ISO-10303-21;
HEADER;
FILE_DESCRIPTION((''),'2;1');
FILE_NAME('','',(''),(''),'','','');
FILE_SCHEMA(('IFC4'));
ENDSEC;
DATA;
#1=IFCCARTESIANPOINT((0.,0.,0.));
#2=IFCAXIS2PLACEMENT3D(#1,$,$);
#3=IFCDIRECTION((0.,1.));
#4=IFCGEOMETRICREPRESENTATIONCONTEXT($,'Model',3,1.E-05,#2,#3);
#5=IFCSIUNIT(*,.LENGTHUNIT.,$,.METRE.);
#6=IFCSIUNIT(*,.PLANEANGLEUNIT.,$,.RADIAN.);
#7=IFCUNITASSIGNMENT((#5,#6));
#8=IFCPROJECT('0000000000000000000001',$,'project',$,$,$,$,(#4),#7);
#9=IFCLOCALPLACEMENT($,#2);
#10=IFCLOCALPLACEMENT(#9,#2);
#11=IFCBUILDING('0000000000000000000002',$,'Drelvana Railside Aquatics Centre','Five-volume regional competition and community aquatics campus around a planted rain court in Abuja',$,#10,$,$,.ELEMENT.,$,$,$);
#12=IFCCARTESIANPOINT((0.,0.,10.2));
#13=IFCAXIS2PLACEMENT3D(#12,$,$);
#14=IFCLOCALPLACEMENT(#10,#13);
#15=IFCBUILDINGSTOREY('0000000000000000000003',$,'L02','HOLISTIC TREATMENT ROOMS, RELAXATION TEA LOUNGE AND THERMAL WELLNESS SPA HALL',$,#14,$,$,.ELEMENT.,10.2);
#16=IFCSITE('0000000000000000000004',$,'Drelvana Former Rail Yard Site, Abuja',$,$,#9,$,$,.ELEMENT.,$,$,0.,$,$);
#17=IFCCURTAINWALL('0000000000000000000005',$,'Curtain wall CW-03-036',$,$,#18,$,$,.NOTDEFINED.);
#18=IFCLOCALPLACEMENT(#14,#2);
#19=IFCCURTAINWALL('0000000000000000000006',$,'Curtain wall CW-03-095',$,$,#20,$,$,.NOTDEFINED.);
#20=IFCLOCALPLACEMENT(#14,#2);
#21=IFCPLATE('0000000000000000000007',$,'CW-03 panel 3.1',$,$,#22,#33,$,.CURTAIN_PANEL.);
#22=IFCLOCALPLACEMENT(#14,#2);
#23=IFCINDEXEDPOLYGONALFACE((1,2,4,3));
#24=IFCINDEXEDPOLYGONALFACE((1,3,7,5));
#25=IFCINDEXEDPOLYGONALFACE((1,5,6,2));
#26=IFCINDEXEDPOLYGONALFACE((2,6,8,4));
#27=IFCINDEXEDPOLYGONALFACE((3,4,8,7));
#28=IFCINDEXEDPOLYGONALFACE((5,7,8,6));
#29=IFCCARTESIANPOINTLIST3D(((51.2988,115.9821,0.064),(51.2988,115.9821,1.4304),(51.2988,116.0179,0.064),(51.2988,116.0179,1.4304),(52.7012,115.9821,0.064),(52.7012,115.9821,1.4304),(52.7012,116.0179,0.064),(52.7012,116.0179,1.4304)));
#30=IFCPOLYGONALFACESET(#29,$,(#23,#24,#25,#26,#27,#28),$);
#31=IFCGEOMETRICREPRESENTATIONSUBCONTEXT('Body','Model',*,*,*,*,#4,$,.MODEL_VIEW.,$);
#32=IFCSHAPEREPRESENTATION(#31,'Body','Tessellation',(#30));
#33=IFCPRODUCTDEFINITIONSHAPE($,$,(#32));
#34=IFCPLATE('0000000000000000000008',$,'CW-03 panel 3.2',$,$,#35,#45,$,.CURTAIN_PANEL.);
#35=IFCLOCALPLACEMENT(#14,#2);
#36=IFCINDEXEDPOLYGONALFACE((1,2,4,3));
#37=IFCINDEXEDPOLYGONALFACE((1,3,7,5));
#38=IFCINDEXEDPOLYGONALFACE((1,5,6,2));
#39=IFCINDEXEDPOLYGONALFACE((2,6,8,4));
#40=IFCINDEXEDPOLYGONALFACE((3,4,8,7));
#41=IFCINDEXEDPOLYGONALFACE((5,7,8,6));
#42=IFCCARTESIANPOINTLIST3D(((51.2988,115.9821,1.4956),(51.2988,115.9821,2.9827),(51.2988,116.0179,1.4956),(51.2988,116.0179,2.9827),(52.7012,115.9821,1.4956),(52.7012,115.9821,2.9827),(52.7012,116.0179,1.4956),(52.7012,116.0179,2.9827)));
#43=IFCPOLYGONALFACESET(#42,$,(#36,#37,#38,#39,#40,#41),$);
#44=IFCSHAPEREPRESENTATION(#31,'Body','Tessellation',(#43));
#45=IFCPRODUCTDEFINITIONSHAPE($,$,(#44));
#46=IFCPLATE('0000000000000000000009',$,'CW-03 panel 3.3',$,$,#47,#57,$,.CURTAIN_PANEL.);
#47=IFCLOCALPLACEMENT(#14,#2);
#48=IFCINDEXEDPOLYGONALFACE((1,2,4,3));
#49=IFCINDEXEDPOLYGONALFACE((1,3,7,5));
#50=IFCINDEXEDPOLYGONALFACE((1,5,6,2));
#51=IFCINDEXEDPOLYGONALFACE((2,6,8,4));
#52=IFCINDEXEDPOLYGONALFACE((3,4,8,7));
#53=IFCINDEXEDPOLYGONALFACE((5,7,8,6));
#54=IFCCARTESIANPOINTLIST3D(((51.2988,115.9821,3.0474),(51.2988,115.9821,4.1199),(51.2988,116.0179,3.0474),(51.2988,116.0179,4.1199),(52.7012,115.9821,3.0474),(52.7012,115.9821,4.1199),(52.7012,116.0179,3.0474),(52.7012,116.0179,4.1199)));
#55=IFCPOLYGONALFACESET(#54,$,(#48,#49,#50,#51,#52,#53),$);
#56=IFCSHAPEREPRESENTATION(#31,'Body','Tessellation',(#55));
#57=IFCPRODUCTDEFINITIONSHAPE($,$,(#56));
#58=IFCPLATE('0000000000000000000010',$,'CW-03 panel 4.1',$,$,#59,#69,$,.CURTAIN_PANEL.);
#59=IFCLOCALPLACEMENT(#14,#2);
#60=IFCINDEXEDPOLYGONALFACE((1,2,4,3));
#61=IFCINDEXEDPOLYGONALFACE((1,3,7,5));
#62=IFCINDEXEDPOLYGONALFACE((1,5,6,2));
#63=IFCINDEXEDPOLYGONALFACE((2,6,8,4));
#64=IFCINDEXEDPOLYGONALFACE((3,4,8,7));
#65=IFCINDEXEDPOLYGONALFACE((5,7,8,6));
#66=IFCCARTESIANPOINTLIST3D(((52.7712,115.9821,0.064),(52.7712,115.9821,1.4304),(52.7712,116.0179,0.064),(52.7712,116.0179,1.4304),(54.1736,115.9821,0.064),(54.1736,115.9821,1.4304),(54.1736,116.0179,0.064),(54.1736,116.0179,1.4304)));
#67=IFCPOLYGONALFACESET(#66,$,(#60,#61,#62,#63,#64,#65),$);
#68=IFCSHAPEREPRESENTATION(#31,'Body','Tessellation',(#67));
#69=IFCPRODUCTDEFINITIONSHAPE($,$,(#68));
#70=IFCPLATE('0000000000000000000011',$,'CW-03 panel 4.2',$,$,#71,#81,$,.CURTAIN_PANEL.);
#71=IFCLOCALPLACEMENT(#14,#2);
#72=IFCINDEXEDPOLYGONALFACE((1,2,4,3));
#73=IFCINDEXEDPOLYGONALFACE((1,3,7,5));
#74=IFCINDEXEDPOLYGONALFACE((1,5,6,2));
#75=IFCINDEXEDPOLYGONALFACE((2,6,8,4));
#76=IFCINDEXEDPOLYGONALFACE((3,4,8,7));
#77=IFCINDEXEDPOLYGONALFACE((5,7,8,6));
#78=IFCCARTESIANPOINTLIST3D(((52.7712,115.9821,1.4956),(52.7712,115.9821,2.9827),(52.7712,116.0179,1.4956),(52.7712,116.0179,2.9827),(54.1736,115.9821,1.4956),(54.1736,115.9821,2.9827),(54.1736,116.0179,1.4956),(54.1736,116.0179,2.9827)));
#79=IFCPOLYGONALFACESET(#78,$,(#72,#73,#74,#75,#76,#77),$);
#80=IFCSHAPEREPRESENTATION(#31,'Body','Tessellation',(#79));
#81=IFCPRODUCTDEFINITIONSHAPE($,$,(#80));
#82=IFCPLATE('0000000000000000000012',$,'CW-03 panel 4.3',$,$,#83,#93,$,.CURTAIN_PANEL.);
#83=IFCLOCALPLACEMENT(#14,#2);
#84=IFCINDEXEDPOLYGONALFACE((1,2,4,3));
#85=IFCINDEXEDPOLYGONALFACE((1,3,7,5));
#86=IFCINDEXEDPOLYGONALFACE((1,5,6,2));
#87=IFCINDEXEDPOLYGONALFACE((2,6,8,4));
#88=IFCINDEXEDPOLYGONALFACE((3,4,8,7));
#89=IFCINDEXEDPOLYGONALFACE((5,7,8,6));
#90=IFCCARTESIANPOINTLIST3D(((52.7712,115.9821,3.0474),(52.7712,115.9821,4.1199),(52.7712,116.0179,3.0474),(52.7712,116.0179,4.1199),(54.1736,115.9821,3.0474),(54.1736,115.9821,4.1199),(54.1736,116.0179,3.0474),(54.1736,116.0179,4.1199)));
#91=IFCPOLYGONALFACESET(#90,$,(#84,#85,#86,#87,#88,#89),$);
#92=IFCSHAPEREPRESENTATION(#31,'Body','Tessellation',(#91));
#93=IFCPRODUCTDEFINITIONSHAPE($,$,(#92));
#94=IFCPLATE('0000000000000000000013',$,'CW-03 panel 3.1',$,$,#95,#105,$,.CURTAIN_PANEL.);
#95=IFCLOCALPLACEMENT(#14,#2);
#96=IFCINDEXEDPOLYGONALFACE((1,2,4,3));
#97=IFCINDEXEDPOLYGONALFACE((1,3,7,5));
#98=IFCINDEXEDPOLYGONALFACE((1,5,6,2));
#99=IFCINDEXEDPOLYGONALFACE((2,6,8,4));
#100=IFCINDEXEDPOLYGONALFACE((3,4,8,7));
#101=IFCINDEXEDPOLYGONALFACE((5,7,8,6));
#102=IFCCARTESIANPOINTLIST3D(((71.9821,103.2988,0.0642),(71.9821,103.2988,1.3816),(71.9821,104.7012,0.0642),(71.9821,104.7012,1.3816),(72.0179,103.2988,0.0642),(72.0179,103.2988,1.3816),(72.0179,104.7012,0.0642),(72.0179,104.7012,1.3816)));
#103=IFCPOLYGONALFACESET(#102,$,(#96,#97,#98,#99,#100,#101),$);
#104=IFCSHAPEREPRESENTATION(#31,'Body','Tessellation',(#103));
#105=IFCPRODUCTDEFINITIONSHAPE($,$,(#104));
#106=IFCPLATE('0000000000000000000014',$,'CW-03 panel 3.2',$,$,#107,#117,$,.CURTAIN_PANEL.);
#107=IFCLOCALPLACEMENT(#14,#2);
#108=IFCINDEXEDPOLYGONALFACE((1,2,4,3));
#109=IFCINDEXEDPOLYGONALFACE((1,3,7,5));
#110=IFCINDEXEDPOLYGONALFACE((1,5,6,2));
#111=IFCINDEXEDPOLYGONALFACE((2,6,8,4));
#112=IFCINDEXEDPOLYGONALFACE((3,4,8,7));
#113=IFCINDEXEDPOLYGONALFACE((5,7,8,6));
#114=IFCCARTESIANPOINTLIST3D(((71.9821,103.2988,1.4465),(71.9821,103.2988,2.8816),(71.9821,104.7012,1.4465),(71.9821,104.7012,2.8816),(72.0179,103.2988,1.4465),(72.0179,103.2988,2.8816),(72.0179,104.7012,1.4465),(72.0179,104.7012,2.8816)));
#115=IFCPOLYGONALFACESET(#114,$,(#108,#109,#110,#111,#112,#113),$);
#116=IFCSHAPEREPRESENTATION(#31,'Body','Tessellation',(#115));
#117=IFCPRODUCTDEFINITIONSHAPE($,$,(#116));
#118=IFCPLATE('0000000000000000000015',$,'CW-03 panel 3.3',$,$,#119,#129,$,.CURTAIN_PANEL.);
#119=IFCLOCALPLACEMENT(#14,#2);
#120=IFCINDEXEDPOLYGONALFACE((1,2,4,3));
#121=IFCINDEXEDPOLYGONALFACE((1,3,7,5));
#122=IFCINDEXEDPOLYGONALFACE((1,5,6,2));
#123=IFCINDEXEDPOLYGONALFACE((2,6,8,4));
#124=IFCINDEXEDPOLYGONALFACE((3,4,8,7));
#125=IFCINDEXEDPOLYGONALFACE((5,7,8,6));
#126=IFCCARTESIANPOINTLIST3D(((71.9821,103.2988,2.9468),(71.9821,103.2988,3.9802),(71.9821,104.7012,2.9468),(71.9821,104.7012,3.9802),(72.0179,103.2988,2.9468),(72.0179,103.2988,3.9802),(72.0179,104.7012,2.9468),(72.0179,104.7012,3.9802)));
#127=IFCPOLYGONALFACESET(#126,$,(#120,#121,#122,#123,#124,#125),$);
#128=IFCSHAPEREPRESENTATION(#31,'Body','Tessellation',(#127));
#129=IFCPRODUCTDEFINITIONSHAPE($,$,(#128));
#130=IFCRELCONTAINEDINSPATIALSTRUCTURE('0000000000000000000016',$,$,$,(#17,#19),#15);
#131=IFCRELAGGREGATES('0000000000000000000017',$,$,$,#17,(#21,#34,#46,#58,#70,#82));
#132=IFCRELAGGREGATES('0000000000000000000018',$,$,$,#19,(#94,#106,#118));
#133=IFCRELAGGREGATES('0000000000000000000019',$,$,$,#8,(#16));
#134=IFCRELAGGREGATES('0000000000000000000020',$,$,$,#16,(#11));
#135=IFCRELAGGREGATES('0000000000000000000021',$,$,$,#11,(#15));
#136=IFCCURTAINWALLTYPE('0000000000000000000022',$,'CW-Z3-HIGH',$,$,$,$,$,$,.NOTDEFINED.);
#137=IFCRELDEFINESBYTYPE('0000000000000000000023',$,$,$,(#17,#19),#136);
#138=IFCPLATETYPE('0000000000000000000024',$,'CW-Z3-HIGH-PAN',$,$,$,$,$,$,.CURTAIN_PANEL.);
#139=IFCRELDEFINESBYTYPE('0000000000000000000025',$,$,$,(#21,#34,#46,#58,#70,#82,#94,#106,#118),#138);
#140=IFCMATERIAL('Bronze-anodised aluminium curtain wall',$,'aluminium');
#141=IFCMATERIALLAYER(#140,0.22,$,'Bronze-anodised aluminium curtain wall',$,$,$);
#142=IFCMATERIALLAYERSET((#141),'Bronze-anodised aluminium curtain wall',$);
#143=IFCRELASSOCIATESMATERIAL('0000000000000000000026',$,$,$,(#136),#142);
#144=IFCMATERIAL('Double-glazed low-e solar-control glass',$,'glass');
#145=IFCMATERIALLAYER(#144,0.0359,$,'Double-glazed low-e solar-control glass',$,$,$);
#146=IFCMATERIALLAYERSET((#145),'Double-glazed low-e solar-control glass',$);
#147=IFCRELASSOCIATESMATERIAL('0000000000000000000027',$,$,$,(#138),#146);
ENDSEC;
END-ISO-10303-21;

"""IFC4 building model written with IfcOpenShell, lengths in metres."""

from ifc_helpers import new_model, si_unit, direction, frame, origin, origin_2d, place, context, subcontext, project, spatial, rectangle, extrude, material, layer, layer_set, type_object, element, aggregate, save


model = new_model("IFC4")

# Units and contexts
model_context = context("Model", 3, precision=1e-05, world=origin(), true_north=direction((0.0, 1.0)))
body_context = subcontext(model_context, "Body", "Model", "MODEL_VIEW")
ifc_project = project(units=[si_unit("LENGTHUNIT", "METRE"), si_unit("PLANEANGLEUNIT", "RADIAN")], contexts=[model_context])

# Site, building, storey
site_placement = place(None, origin())
site = spatial("IfcSite", under=ifc_project, at=site_placement, Name="Drelvana Former Rail Yard Site, Abuja", CompositionType="ELEMENT", RefElevation=0.0)
building_placement = place(site_placement, origin())
building = spatial("IfcBuilding", under=site, at=building_placement, Name="Drelvana Railside Aquatics Centre", Description="Five-volume regional competition and community aquatics campus around a planted rain court in Abuja", CompositionType="ELEMENT")
storey_placement = place(building_placement, frame((0.0, 0.0, 10.2)))
storey = spatial("IfcBuildingStorey", under=building, at=storey_placement, Name="L02", Description="HOLISTIC TREATMENT ROOMS, RELAXATION TEA LOUNGE AND THERMAL WELLNESS SPA HALL", CompositionType="ELEMENT", Elevation=10.2)

# Curtain wall
ifc_material_1 = material(Name="Bronze-anodised aluminium curtain wall", Category="aluminium")
ifc_layer_1 = layer(ifc_material_1, 0.22, Name="Bronze-anodised aluminium curtain wall")
ifc_layer_set_1 = layer_set([ifc_layer_1], Name="Bronze-anodised aluminium curtain wall")
curtain_wall_type = type_object("IfcCurtainWallType", Name="CW-Z3-HIGH", PredefinedType="NOTDEFINED", material=ifc_layer_set_1)
curtain_wall_1_placement = place(storey_placement, origin())
curtain_wall_1 = element("IfcCurtainWall", 1, at=curtain_wall_1_placement, inside=storey, type_object=curtain_wall_type, Name="Curtain wall CW-03-036", PredefinedType="NOTDEFINED")

# Curtain wall
curtain_wall_2_placement = place(storey_placement, origin())
curtain_wall_2 = element("IfcCurtainWall", 2, at=curtain_wall_2_placement, inside=storey, type_object=curtain_wall_type, Name="Curtain wall CW-03-095", PredefinedType="NOTDEFINED")

# Plates
ifc_material_2 = material(Name="Double-glazed low-e solar-control glass", Category="glass")
ifc_layer_2 = layer(ifc_material_2, 0.0359, Name="Double-glazed low-e solar-control glass")
ifc_layer_set_2 = layer_set([ifc_layer_2], Name="Double-glazed low-e solar-control glass")
plate_type = type_object("IfcPlateType", Name="CW-Z3-HIGH-PAN", PredefinedType="CURTAIN_PANEL", material=ifc_layer_set_2)
plate_1_placement = place(storey_placement, frame((52.0, 116.0, 0.064), z_axis=(0.0, 0.0, 1.0), x_axis=(1.0, 0.0, 0.0)))
plate_1 = element("IfcPlate", 3, at=plate_1_placement, type_object=plate_type, Name="CW-03 panel 3.1", PredefinedType="CURTAIN_PANEL", context=body_context, shape_type="SweptSolid", body=[
    extrude(rectangle(XDim=1.4023, YDim=0.0359, at=origin_2d()), origin(), (0.0, 0.0, 1.0), 1.3665),
])
plate_2_placement = place(storey_placement, frame((52.0, 116.0, 1.4956), z_axis=(0.0, 0.0, 1.0), x_axis=(1.0, 0.0, 0.0)))
plate_2 = element("IfcPlate", 4, at=plate_2_placement, type_object=plate_type, Name="CW-03 panel 3.2", PredefinedType="CURTAIN_PANEL", context=body_context, shape_type="SweptSolid", body=[
    extrude(rectangle(XDim=1.4023, YDim=0.0359, at=origin_2d()), origin(), (0.0, 0.0, 1.0), 1.4871),
])
plate_3_placement = place(storey_placement, frame((52.0, 116.0, 3.0474), z_axis=(0.0, 0.0, 1.0), x_axis=(1.0, 0.0, 0.0)))
plate_3 = element("IfcPlate", 5, at=plate_3_placement, type_object=plate_type, Name="CW-03 panel 3.3", PredefinedType="CURTAIN_PANEL", context=body_context, shape_type="SweptSolid", body=[
    extrude(rectangle(XDim=1.4023, YDim=0.0359, at=origin_2d()), origin(), (0.0, 0.0, 1.0), 1.0725),
])
plate_4_placement = place(storey_placement, frame((53.4724, 116.0, 0.064), z_axis=(0.0, 0.0, 1.0), x_axis=(1.0, 0.0, 0.0)))
plate_4 = element("IfcPlate", 6, at=plate_4_placement, type_object=plate_type, Name="CW-03 panel 4.1", PredefinedType="CURTAIN_PANEL", context=body_context, shape_type="SweptSolid", body=[
    extrude(rectangle(XDim=1.4023, YDim=0.0359, at=origin_2d()), origin(), (0.0, 0.0, 1.0), 1.3665),
])
plate_5_placement = place(storey_placement, frame((53.4724, 116.0, 1.4956), z_axis=(0.0, 0.0, 1.0), x_axis=(1.0, 0.0, 0.0)))
plate_5 = element("IfcPlate", 7, at=plate_5_placement, type_object=plate_type, Name="CW-03 panel 4.2", PredefinedType="CURTAIN_PANEL", context=body_context, shape_type="SweptSolid", body=[
    extrude(rectangle(XDim=1.4023, YDim=0.0359, at=origin_2d()), origin(), (0.0, 0.0, 1.0), 1.4871),
])
plate_6_placement = place(storey_placement, frame((53.4724, 116.0, 3.0474), z_axis=(0.0, 0.0, 1.0), x_axis=(1.0, 0.0, 0.0)))
plate_6 = element("IfcPlate", 8, at=plate_6_placement, type_object=plate_type, Name="CW-03 panel 4.3", PredefinedType="CURTAIN_PANEL", context=body_context, shape_type="SweptSolid", body=[
    extrude(rectangle(XDim=1.4023, YDim=0.0359, at=origin_2d()), origin(), (0.0, 0.0, 1.0), 1.0725),
])
aggregate(curtain_wall_1, [plate_1, plate_2, plate_3, plate_4, plate_5, plate_6])
plate_7_placement = place(storey_placement, frame((72.0, 104.0, 0.0642), z_axis=(0.0, 0.0, 1.0), x_axis=(0.0, 1.0, 0.0)))
plate_7 = element("IfcPlate", 9, at=plate_7_placement, type_object=plate_type, Name="CW-03 panel 3.1", PredefinedType="CURTAIN_PANEL", context=body_context, shape_type="SweptSolid", body=[
    extrude(rectangle(XDim=1.4023, YDim=0.0359, at=origin_2d()), origin(), (0.0, 0.0, 1.0), 1.3174),
])
plate_8_placement = place(storey_placement, frame((72.0, 104.0, 1.4465), z_axis=(0.0, 0.0, 1.0), x_axis=(0.0, 1.0, 0.0)))
plate_8 = element("IfcPlate", 10, at=plate_8_placement, type_object=plate_type, Name="CW-03 panel 3.2", PredefinedType="CURTAIN_PANEL", context=body_context, shape_type="SweptSolid", body=[
    extrude(rectangle(XDim=1.4023, YDim=0.0359, at=origin_2d()), origin(), (0.0, 0.0, 1.0), 1.4351),
])
plate_9_placement = place(storey_placement, frame((72.0, 104.0, 2.9468), z_axis=(0.0, 0.0, 1.0), x_axis=(0.0, 1.0, 0.0)))
plate_9 = element("IfcPlate", 11, at=plate_9_placement, type_object=plate_type, Name="CW-03 panel 3.3", PredefinedType="CURTAIN_PANEL", context=body_context, shape_type="SweptSolid", body=[
    extrude(rectangle(XDim=1.4023, YDim=0.0359, at=origin_2d()), origin(), (0.0, 0.0, 1.0), 1.0334),
])
aggregate(curtain_wall_2, [plate_7, plate_8, plate_9])

save(model, "model.ifc")
